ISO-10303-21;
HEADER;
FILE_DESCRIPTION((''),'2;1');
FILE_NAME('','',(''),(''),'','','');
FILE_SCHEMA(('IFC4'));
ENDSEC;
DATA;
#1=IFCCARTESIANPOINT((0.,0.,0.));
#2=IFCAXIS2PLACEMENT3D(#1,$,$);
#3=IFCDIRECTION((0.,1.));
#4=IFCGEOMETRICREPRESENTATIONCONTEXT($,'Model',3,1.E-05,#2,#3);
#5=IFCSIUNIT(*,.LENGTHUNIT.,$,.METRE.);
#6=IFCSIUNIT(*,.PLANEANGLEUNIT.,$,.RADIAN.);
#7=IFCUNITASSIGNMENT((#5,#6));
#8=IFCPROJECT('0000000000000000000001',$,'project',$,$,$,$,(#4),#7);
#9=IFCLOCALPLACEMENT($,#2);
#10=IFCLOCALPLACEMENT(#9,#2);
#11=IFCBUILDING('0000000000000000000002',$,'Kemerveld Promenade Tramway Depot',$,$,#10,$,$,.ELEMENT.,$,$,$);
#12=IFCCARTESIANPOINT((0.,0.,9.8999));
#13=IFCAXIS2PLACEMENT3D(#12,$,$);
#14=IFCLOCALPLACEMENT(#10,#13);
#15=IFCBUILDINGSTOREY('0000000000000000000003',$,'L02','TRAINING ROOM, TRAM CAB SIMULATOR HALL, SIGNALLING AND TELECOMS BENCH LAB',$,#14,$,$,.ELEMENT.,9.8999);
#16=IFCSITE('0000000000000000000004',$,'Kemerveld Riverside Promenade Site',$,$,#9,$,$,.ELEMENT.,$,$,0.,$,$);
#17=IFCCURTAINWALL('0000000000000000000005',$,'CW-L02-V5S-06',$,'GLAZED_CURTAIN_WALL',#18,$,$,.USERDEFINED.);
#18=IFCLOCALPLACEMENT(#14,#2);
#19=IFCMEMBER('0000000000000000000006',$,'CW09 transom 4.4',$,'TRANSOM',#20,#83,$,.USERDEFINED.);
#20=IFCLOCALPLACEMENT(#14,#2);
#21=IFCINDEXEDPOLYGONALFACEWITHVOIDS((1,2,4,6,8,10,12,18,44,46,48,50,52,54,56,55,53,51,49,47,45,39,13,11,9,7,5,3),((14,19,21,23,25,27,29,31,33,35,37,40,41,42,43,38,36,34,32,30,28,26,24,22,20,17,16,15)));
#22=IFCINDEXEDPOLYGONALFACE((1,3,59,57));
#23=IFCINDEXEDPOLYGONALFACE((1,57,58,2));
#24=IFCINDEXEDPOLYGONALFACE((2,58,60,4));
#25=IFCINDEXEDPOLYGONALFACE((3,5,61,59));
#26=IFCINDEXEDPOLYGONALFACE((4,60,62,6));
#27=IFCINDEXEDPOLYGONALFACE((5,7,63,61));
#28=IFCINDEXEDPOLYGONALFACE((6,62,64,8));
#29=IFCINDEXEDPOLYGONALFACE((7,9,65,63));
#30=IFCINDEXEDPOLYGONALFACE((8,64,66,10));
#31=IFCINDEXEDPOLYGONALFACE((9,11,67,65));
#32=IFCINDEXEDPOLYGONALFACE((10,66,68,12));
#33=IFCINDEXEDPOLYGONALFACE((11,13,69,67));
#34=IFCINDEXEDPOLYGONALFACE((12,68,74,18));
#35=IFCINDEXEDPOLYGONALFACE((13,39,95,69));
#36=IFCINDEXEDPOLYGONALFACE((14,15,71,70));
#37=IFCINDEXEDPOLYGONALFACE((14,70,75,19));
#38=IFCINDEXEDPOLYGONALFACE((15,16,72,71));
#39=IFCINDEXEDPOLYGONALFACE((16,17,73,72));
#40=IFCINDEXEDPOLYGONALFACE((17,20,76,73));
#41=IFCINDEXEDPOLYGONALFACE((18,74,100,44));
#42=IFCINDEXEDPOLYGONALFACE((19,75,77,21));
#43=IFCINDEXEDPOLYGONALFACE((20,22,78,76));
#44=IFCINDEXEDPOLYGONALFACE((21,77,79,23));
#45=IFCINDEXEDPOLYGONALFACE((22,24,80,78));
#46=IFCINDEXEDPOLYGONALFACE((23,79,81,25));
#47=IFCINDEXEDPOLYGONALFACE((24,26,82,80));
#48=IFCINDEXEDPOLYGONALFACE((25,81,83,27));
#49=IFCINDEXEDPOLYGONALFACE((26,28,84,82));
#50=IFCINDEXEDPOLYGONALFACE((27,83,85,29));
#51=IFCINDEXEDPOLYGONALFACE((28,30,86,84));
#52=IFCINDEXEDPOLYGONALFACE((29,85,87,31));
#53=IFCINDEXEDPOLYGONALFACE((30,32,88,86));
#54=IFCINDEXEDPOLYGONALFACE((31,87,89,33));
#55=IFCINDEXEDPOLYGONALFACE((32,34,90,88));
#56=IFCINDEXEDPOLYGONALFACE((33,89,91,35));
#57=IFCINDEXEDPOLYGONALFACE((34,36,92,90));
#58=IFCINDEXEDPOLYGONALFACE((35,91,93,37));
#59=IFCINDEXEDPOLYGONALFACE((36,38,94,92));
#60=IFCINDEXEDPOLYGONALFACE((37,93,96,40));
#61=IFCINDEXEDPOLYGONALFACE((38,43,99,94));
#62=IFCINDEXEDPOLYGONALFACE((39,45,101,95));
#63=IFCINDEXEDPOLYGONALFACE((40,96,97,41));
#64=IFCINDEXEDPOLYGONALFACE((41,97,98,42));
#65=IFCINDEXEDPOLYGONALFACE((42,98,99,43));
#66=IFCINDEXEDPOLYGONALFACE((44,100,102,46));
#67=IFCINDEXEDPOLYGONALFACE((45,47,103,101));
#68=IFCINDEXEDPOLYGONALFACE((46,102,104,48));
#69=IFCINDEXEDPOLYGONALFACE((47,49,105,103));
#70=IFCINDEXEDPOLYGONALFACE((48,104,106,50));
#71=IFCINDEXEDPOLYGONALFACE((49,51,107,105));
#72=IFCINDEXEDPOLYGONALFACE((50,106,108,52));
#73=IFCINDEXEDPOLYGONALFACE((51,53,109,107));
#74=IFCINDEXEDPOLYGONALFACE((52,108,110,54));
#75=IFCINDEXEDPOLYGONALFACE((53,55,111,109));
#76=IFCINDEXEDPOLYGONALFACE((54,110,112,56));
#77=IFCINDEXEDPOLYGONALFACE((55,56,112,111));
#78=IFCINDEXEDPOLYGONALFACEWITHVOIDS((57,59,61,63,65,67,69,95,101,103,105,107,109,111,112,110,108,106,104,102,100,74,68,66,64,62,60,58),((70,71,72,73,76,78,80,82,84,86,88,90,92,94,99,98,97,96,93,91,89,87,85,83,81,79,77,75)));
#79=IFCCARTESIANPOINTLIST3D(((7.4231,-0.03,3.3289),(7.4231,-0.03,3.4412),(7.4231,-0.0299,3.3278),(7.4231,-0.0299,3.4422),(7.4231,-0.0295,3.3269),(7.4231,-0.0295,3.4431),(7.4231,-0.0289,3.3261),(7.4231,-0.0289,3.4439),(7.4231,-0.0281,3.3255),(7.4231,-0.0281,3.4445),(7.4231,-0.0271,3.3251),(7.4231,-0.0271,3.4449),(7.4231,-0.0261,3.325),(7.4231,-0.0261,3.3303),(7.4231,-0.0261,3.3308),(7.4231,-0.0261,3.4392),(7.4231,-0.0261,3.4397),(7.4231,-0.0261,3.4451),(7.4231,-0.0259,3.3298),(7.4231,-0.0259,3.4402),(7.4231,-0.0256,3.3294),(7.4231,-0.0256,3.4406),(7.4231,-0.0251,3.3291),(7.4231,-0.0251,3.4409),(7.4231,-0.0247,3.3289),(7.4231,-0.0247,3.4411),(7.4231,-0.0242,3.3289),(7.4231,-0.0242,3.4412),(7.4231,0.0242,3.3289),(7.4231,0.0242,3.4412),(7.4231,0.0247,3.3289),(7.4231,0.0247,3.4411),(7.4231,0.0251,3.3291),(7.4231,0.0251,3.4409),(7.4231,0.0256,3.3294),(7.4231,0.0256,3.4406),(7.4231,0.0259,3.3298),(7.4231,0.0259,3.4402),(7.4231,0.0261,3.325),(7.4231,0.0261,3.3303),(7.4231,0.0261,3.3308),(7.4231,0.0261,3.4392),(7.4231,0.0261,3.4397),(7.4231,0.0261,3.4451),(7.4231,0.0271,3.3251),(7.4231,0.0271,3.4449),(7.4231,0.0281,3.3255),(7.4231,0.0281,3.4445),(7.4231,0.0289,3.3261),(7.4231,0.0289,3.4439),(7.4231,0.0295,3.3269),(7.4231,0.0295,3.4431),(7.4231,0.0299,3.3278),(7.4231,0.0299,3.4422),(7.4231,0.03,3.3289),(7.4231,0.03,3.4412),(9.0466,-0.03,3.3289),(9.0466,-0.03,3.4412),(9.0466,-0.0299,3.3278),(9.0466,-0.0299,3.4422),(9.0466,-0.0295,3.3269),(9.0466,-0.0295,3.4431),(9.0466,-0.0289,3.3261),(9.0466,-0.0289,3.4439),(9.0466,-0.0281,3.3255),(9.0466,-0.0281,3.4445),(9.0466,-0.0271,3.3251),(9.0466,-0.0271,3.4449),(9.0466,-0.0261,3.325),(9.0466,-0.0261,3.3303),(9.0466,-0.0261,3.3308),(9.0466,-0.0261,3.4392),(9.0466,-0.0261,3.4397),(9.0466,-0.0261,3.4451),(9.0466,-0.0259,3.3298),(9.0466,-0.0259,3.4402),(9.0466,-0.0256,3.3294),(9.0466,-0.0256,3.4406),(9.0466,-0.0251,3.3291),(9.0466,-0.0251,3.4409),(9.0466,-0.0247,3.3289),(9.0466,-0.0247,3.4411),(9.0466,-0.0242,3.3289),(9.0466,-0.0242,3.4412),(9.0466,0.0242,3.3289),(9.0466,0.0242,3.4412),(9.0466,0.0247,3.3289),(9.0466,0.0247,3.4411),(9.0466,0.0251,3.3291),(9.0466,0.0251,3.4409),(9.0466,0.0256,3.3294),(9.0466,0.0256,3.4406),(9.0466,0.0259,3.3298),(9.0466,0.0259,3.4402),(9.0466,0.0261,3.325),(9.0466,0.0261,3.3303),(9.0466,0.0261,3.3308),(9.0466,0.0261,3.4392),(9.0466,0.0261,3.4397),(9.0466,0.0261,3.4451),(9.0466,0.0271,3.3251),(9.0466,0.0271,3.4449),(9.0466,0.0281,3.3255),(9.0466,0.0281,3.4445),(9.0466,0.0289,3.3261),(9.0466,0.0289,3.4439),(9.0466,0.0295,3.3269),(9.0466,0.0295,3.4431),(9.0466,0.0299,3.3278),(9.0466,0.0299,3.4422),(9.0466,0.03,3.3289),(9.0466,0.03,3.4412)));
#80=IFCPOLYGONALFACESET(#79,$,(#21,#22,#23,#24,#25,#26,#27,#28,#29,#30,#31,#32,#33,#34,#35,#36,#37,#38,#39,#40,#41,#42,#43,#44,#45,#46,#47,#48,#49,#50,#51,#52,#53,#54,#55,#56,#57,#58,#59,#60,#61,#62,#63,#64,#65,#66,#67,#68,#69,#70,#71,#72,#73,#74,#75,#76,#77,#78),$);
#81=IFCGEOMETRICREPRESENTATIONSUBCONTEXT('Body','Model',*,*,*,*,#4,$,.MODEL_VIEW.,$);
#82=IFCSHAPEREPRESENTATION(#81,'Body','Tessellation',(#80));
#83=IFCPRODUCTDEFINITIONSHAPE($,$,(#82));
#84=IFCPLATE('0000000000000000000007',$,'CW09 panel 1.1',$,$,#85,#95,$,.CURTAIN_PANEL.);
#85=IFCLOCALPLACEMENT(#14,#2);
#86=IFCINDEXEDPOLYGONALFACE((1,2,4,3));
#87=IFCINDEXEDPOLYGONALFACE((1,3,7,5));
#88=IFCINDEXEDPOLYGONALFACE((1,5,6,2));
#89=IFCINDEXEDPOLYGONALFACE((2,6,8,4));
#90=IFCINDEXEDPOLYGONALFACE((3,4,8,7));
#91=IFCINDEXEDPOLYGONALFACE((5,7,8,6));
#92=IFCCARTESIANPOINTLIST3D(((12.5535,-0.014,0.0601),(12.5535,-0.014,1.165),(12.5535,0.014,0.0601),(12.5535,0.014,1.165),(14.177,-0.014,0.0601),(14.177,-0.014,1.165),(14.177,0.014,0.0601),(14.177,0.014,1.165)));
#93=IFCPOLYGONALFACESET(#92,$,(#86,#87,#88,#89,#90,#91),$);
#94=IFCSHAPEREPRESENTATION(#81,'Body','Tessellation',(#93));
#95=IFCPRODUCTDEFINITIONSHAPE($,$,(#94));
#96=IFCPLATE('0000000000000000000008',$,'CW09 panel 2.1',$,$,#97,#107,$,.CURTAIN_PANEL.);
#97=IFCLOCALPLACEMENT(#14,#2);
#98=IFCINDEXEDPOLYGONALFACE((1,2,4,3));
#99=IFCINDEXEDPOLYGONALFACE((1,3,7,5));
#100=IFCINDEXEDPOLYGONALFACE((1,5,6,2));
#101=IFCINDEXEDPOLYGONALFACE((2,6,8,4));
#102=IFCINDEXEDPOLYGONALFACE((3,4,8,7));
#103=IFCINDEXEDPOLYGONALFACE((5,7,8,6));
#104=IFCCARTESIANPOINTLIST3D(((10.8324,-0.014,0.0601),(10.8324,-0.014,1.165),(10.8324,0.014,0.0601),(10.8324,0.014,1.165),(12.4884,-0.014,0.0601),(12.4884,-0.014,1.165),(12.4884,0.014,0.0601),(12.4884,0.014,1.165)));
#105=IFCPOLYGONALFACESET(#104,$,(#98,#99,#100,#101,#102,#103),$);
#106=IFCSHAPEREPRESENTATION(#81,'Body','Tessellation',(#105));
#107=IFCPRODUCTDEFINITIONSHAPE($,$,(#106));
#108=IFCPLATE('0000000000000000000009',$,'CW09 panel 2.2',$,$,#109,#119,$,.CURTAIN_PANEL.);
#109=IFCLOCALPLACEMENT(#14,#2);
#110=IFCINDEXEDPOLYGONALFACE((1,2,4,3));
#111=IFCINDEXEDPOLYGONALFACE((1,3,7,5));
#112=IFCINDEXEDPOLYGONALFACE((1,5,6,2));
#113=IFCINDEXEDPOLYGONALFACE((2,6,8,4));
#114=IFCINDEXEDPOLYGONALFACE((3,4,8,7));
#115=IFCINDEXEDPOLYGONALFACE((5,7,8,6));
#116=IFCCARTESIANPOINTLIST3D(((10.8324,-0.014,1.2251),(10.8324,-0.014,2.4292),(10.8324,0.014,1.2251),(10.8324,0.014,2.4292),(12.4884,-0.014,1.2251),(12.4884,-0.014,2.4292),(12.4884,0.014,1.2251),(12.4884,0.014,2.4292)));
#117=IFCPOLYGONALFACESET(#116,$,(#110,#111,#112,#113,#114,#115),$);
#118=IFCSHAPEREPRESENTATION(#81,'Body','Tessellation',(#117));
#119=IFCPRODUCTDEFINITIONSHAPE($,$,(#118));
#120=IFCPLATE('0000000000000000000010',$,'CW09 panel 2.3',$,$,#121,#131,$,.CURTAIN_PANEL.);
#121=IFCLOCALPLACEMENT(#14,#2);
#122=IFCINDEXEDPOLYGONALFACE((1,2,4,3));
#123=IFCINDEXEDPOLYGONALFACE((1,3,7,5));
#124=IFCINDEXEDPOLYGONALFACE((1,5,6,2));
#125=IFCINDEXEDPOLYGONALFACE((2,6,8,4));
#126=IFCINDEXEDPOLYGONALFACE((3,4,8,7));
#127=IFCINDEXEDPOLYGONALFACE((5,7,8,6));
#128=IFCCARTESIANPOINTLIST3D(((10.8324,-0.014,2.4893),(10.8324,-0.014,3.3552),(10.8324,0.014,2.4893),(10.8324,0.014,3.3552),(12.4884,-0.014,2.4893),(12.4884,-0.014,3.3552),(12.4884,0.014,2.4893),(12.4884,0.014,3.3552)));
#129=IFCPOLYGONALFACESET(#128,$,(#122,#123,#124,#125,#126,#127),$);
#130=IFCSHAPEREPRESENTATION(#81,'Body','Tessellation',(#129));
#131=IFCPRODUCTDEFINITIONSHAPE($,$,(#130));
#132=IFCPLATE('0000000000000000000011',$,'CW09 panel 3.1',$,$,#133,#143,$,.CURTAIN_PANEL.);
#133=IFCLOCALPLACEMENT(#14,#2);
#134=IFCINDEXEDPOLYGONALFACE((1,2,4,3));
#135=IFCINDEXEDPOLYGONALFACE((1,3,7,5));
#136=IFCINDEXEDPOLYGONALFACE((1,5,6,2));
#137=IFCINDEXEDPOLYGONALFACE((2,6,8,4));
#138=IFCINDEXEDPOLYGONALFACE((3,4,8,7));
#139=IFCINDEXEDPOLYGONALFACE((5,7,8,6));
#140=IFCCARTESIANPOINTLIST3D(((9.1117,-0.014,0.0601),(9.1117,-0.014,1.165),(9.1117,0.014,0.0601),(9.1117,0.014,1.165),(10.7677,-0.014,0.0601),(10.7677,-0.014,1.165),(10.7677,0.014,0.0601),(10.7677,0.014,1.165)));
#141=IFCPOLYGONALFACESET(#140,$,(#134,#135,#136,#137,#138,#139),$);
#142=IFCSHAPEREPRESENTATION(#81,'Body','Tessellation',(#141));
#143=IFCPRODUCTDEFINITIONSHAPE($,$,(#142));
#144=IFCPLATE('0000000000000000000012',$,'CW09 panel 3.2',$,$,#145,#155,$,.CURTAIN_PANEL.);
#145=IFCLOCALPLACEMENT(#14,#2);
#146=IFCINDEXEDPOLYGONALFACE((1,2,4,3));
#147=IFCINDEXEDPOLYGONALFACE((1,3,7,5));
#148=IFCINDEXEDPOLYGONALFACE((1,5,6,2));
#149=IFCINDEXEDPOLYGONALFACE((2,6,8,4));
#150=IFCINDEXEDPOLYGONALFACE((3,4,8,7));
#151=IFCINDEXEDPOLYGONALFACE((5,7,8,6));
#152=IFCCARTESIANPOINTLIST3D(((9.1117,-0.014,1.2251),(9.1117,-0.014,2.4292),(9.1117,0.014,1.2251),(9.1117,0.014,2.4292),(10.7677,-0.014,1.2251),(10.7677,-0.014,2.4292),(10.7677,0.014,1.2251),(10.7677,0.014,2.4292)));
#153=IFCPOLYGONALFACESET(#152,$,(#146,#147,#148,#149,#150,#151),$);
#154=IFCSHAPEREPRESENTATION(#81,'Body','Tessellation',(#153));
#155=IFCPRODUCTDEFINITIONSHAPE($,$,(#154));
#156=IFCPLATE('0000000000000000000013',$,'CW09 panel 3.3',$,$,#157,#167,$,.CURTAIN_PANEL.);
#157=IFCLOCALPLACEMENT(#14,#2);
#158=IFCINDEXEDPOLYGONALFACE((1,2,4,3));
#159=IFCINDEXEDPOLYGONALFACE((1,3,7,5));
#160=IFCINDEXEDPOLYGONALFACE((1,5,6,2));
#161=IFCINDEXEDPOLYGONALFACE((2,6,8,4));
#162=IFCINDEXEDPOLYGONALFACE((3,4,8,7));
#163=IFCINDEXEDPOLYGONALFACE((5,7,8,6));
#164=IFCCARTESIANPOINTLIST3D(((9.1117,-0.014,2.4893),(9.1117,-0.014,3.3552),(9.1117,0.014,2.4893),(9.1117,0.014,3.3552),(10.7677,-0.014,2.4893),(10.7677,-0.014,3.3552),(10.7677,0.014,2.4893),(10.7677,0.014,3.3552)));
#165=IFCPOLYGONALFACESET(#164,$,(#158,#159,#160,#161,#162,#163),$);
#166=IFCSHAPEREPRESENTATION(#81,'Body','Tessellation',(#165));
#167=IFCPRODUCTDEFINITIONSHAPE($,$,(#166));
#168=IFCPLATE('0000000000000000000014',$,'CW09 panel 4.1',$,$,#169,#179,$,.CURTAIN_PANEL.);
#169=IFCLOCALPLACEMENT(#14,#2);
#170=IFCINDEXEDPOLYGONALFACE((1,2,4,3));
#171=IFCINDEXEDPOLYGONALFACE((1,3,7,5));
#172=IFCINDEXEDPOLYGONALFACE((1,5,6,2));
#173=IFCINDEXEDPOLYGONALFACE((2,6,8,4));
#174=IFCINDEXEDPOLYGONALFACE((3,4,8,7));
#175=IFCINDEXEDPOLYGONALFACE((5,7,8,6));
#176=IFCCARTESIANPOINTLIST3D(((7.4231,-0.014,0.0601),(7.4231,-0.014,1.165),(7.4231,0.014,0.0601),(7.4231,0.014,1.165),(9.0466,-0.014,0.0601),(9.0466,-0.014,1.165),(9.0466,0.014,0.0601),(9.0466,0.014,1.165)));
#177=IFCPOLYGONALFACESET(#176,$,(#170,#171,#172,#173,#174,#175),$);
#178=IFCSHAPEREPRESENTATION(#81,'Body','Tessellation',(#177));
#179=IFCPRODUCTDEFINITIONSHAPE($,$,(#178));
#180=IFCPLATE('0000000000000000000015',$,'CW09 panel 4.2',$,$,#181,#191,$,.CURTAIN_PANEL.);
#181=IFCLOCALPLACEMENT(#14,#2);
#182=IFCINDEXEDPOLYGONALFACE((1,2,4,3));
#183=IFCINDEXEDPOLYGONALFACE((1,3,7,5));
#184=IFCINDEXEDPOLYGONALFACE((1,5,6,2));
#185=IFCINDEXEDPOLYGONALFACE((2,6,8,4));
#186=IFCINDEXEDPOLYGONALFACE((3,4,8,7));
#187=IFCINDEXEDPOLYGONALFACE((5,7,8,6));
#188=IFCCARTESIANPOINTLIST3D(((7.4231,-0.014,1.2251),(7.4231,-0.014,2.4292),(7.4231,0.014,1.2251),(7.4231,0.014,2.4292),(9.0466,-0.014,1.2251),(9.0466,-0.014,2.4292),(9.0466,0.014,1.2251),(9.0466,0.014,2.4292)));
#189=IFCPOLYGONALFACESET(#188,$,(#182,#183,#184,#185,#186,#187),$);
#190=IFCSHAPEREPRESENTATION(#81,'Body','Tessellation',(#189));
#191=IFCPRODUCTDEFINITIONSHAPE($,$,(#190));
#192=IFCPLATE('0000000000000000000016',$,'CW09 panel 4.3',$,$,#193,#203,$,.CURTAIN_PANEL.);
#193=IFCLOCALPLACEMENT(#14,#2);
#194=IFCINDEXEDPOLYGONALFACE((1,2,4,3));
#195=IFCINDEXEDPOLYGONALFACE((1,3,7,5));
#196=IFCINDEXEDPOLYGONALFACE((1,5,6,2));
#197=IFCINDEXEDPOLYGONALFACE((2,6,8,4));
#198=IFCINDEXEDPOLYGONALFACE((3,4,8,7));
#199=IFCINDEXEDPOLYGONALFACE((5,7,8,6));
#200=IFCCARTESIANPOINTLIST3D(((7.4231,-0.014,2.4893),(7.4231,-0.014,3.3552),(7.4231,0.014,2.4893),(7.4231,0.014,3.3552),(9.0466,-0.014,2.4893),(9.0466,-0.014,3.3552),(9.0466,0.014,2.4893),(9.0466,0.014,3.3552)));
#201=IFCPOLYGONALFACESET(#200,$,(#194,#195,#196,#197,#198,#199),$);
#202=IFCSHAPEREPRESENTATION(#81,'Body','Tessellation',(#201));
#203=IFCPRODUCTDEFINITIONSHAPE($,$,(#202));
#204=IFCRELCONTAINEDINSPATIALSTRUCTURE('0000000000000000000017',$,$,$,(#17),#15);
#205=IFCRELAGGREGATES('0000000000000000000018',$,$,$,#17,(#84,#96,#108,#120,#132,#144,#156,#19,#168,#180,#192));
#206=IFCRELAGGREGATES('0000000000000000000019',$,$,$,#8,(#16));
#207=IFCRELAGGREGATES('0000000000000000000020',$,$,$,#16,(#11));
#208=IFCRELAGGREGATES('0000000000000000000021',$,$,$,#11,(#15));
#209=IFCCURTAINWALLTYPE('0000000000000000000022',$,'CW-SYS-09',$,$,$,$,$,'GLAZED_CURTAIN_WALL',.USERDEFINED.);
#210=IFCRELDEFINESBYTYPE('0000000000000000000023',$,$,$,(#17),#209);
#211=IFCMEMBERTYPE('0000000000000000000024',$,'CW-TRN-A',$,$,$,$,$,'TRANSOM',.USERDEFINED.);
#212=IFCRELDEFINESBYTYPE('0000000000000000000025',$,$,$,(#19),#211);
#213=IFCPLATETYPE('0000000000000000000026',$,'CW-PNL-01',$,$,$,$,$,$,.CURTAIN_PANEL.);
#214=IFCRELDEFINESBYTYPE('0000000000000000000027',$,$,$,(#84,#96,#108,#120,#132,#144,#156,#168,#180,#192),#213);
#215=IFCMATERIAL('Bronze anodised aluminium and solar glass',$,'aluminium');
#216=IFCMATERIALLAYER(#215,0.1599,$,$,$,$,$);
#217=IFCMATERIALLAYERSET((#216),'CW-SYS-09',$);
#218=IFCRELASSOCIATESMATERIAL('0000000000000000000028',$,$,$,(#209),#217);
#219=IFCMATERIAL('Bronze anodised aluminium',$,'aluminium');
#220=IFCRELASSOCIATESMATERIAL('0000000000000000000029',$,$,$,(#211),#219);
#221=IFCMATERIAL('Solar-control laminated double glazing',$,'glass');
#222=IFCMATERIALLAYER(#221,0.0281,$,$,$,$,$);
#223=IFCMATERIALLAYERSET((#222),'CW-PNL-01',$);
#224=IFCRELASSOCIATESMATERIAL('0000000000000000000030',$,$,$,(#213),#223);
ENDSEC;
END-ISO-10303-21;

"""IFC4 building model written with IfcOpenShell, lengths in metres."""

from ifc_helpers import new_model, si_unit, direction, frame, origin, origin_2d, place, context, subcontext, project, spatial, rectangle, hollow_rectangle, extrude, material, layer, layer_set, material_profile, profile_set, type_object, element, aggregate, save


model = new_model("IFC4")

# Units and contexts
model_context = context("Model", 3, precision=1e-05, world=origin(), true_north=direction((0.0, 1.0)))
body_context = subcontext(model_context, "Body", "Model", "MODEL_VIEW")
ifc_project = project(units=[si_unit("LENGTHUNIT", "METRE"), si_unit("PLANEANGLEUNIT", "RADIAN")], contexts=[model_context])

# Site, building, storey
site_placement = place(None, origin())
site = spatial("IfcSite", under=ifc_project, at=site_placement, Name="Kemerveld Riverside Promenade Site", CompositionType="ELEMENT", RefElevation=0.0)
building_placement = place(site_placement, origin())
building = spatial("IfcBuilding", under=site, at=building_placement, Name="Kemerveld Promenade Tramway Depot", CompositionType="ELEMENT")
storey_placement = place(building_placement, frame((0.0, 0.0, 9.8999)))
storey = spatial("IfcBuildingStorey", under=building, at=storey_placement, Name="L02", Description="TRAINING ROOM, TRAM CAB SIMULATOR HALL, SIGNALLING AND TELECOMS BENCH LAB", CompositionType="ELEMENT", Elevation=9.8999)

# Curtain wall, member, plates
ifc_material_1 = material(Name="Bronze anodised aluminium and solar glass", Category="aluminium")
ifc_layer_1 = layer(ifc_material_1, 0.1599)
ifc_layer_set_1 = layer_set([ifc_layer_1], Name="CW-SYS-09")
curtain_wall_type = type_object("IfcCurtainWallType", Name="CW-SYS-09", ElementType="GLAZED_CURTAIN_WALL", PredefinedType="USERDEFINED", material=ifc_layer_set_1)
curtain_wall_placement = place(storey_placement, origin())
curtain_wall = element("IfcCurtainWall", 1, at=curtain_wall_placement, inside=storey, type_object=curtain_wall_type, Name="CW-L02-V5S-06", ObjectType="GLAZED_CURTAIN_WALL", PredefinedType="USERDEFINED")
ifc_material_2 = material(Name="Bronze anodised aluminium", Category="aluminium")
ifc_material_profile_1 = material_profile(ifc_material_2, hollow_rectangle(XDim=0.0601, YDim=0.1201, WallThickness=0.0039, InnerFilletRadius=0.002, OuterFilletRadius=0.0039, at=origin_2d()), Name="CW-TRN-120x60")
ifc_profile_set_1 = profile_set([ifc_material_profile_1], Name="Bronze anodised aluminium")
member_type_1 = type_object("IfcMemberType", Name="CW-TRN-A", ElementType="TRANSOM", PredefinedType="USERDEFINED", material=ifc_profile_set_1)
member_1_placement = place(storey_placement, frame((9.0466, 0.0, 3.385), z_axis=(-1.0, 0.0, 0.0), x_axis=(0.0, -1.0, 0.0)))
member_1 = element("IfcMember", 2, at=member_1_placement, type_object=member_type_1, Name="CW09 transom 4.4", ObjectType="TRANSOM", PredefinedType="USERDEFINED", context=body_context, shape_type="SweptSolid", body=[
    extrude(hollow_rectangle(XDim=0.0601, YDim=0.1201, WallThickness=0.0039, InnerFilletRadius=0.002, OuterFilletRadius=0.0039, at=origin_2d()), origin(), (0.0, 0.0, 1.0), 1.6235),
])
ifc_material_3 = material(Name="Solar-control laminated double glazing", Category="glass")
ifc_layer_2 = layer(ifc_material_3, 0.0281)
ifc_layer_set_2 = layer_set([ifc_layer_2], Name="CW-PNL-01")
plate_type = type_object("IfcPlateType", Name="CW-PNL-01", PredefinedType="CURTAIN_PANEL", material=ifc_layer_set_2)
plate_1_placement = place(storey_placement, frame((13.3652, 0.0, 0.0601), z_axis=(0.0, 0.0, 1.0), x_axis=(-1.0, 0.0, 0.0)))
plate_1 = element("IfcPlate", 3, at=plate_1_placement, type_object=plate_type, Name="CW09 panel 1.1", PredefinedType="CURTAIN_PANEL", context=body_context, shape_type="SweptSolid", body=[
    extrude(rectangle(XDim=1.6235, YDim=0.0281, at=origin_2d()), origin(), (0.0, 0.0, 1.0), 1.105),
])
plate_2_placement = place(storey_placement, frame((11.6604, 0.0, 0.0601), z_axis=(0.0, 0.0, 1.0), x_axis=(-1.0, 0.0, 0.0)))
plate_2 = element("IfcPlate", 4, at=plate_2_placement, type_object=plate_type, Name="CW09 panel 2.1", PredefinedType="CURTAIN_PANEL", context=body_context, shape_type="SweptSolid", body=[
    extrude(rectangle(XDim=1.656, YDim=0.0281, at=origin_2d()), origin(), (0.0, 0.0, 1.0), 1.105),
])
plate_3_placement = place(storey_placement, frame((11.6604, 0.0, 1.2251), z_axis=(0.0, 0.0, 1.0), x_axis=(-1.0, 0.0, 0.0)))
plate_3 = element("IfcPlate", 5, at=plate_3_placement, type_object=plate_type, Name="CW09 panel 2.2", PredefinedType="CURTAIN_PANEL", context=body_context, shape_type="SweptSolid", body=[
    extrude(rectangle(XDim=1.656, YDim=0.0281, at=origin_2d()), origin(), (0.0, 0.0, 1.0), 1.2041),
])
plate_4_placement = place(storey_placement, frame((11.6604, 0.0, 2.4893), z_axis=(0.0, 0.0, 1.0), x_axis=(-1.0, 0.0, 0.0)))
plate_4 = element("IfcPlate", 6, at=plate_4_placement, type_object=plate_type, Name="CW09 panel 2.3", PredefinedType="CURTAIN_PANEL", context=body_context, shape_type="SweptSolid", body=[
    extrude(rectangle(XDim=1.656, YDim=0.0281, at=origin_2d()), origin(), (0.0, 0.0, 1.0), 0.866),
])
plate_5_placement = place(storey_placement, frame((9.9397, 0.0, 0.0601), z_axis=(0.0, 0.0, 1.0), x_axis=(-1.0, 0.0, 0.0)))
plate_5 = element("IfcPlate", 7, at=plate_5_placement, type_object=plate_type, Name="CW09 panel 3.1", PredefinedType="CURTAIN_PANEL", context=body_context, shape_type="SweptSolid", body=[
    extrude(rectangle(XDim=1.656, YDim=0.0281, at=origin_2d()), origin(), (0.0, 0.0, 1.0), 1.105),
])
plate_6_placement = place(storey_placement, frame((9.9397, 0.0, 1.2251), z_axis=(0.0, 0.0, 1.0), x_axis=(-1.0, 0.0, 0.0)))
plate_6 = element("IfcPlate", 8, at=plate_6_placement, type_object=plate_type, Name="CW09 panel 3.2", PredefinedType="CURTAIN_PANEL", context=body_context, shape_type="SweptSolid", body=[
    extrude(rectangle(XDim=1.656, YDim=0.0281, at=origin_2d()), origin(), (0.0, 0.0, 1.0), 1.2041),
])
plate_7_placement = place(storey_placement, frame((9.9397, 0.0, 2.4893), z_axis=(0.0, 0.0, 1.0), x_axis=(-1.0, 0.0, 0.0)))
plate_7 = element("IfcPlate", 9, at=plate_7_placement, type_object=plate_type, Name="CW09 panel 3.3", PredefinedType="CURTAIN_PANEL", context=body_context, shape_type="SweptSolid", body=[
    extrude(rectangle(XDim=1.656, YDim=0.0281, at=origin_2d()), origin(), (0.0, 0.0, 1.0), 0.866),
])
plate_8_placement = place(storey_placement, frame((8.2349, 0.0, 0.0601), z_axis=(0.0, 0.0, 1.0), x_axis=(-1.0, 0.0, 0.0)))
plate_8 = element("IfcPlate", 10, at=plate_8_placement, type_object=plate_type, Name="CW09 panel 4.1", PredefinedType="CURTAIN_PANEL", context=body_context, shape_type="SweptSolid", body=[
    extrude(rectangle(XDim=1.6235, YDim=0.0281, at=origin_2d()), origin(), (0.0, 0.0, 1.0), 1.105),
])
plate_9_placement = place(storey_placement, frame((8.2349, 0.0, 1.2251), z_axis=(0.0, 0.0, 1.0), x_axis=(-1.0, 0.0, 0.0)))
plate_9 = element("IfcPlate", 11, at=plate_9_placement, type_object=plate_type, Name="CW09 panel 4.2", PredefinedType="CURTAIN_PANEL", context=body_context, shape_type="SweptSolid", body=[
    extrude(rectangle(XDim=1.6235, YDim=0.0281, at=origin_2d()), origin(), (0.0, 0.0, 1.0), 1.2041),
])
plate_10_placement = place(storey_placement, frame((8.2349, 0.0, 2.4893), z_axis=(0.0, 0.0, 1.0), x_axis=(-1.0, 0.0, 0.0)))
plate_10 = element("IfcPlate", 12, at=plate_10_placement, type_object=plate_type, Name="CW09 panel 4.3", PredefinedType="CURTAIN_PANEL", context=body_context, shape_type="SweptSolid", body=[
    extrude(rectangle(XDim=1.6235, YDim=0.0281, at=origin_2d()), origin(), (0.0, 0.0, 1.0), 0.866),
])
aggregate(curtain_wall, [plate_1, plate_2, plate_3, plate_4, plate_5, plate_6, plate_7, member_1, plate_8, plate_9, plate_10])

save(model, "model.ifc")
